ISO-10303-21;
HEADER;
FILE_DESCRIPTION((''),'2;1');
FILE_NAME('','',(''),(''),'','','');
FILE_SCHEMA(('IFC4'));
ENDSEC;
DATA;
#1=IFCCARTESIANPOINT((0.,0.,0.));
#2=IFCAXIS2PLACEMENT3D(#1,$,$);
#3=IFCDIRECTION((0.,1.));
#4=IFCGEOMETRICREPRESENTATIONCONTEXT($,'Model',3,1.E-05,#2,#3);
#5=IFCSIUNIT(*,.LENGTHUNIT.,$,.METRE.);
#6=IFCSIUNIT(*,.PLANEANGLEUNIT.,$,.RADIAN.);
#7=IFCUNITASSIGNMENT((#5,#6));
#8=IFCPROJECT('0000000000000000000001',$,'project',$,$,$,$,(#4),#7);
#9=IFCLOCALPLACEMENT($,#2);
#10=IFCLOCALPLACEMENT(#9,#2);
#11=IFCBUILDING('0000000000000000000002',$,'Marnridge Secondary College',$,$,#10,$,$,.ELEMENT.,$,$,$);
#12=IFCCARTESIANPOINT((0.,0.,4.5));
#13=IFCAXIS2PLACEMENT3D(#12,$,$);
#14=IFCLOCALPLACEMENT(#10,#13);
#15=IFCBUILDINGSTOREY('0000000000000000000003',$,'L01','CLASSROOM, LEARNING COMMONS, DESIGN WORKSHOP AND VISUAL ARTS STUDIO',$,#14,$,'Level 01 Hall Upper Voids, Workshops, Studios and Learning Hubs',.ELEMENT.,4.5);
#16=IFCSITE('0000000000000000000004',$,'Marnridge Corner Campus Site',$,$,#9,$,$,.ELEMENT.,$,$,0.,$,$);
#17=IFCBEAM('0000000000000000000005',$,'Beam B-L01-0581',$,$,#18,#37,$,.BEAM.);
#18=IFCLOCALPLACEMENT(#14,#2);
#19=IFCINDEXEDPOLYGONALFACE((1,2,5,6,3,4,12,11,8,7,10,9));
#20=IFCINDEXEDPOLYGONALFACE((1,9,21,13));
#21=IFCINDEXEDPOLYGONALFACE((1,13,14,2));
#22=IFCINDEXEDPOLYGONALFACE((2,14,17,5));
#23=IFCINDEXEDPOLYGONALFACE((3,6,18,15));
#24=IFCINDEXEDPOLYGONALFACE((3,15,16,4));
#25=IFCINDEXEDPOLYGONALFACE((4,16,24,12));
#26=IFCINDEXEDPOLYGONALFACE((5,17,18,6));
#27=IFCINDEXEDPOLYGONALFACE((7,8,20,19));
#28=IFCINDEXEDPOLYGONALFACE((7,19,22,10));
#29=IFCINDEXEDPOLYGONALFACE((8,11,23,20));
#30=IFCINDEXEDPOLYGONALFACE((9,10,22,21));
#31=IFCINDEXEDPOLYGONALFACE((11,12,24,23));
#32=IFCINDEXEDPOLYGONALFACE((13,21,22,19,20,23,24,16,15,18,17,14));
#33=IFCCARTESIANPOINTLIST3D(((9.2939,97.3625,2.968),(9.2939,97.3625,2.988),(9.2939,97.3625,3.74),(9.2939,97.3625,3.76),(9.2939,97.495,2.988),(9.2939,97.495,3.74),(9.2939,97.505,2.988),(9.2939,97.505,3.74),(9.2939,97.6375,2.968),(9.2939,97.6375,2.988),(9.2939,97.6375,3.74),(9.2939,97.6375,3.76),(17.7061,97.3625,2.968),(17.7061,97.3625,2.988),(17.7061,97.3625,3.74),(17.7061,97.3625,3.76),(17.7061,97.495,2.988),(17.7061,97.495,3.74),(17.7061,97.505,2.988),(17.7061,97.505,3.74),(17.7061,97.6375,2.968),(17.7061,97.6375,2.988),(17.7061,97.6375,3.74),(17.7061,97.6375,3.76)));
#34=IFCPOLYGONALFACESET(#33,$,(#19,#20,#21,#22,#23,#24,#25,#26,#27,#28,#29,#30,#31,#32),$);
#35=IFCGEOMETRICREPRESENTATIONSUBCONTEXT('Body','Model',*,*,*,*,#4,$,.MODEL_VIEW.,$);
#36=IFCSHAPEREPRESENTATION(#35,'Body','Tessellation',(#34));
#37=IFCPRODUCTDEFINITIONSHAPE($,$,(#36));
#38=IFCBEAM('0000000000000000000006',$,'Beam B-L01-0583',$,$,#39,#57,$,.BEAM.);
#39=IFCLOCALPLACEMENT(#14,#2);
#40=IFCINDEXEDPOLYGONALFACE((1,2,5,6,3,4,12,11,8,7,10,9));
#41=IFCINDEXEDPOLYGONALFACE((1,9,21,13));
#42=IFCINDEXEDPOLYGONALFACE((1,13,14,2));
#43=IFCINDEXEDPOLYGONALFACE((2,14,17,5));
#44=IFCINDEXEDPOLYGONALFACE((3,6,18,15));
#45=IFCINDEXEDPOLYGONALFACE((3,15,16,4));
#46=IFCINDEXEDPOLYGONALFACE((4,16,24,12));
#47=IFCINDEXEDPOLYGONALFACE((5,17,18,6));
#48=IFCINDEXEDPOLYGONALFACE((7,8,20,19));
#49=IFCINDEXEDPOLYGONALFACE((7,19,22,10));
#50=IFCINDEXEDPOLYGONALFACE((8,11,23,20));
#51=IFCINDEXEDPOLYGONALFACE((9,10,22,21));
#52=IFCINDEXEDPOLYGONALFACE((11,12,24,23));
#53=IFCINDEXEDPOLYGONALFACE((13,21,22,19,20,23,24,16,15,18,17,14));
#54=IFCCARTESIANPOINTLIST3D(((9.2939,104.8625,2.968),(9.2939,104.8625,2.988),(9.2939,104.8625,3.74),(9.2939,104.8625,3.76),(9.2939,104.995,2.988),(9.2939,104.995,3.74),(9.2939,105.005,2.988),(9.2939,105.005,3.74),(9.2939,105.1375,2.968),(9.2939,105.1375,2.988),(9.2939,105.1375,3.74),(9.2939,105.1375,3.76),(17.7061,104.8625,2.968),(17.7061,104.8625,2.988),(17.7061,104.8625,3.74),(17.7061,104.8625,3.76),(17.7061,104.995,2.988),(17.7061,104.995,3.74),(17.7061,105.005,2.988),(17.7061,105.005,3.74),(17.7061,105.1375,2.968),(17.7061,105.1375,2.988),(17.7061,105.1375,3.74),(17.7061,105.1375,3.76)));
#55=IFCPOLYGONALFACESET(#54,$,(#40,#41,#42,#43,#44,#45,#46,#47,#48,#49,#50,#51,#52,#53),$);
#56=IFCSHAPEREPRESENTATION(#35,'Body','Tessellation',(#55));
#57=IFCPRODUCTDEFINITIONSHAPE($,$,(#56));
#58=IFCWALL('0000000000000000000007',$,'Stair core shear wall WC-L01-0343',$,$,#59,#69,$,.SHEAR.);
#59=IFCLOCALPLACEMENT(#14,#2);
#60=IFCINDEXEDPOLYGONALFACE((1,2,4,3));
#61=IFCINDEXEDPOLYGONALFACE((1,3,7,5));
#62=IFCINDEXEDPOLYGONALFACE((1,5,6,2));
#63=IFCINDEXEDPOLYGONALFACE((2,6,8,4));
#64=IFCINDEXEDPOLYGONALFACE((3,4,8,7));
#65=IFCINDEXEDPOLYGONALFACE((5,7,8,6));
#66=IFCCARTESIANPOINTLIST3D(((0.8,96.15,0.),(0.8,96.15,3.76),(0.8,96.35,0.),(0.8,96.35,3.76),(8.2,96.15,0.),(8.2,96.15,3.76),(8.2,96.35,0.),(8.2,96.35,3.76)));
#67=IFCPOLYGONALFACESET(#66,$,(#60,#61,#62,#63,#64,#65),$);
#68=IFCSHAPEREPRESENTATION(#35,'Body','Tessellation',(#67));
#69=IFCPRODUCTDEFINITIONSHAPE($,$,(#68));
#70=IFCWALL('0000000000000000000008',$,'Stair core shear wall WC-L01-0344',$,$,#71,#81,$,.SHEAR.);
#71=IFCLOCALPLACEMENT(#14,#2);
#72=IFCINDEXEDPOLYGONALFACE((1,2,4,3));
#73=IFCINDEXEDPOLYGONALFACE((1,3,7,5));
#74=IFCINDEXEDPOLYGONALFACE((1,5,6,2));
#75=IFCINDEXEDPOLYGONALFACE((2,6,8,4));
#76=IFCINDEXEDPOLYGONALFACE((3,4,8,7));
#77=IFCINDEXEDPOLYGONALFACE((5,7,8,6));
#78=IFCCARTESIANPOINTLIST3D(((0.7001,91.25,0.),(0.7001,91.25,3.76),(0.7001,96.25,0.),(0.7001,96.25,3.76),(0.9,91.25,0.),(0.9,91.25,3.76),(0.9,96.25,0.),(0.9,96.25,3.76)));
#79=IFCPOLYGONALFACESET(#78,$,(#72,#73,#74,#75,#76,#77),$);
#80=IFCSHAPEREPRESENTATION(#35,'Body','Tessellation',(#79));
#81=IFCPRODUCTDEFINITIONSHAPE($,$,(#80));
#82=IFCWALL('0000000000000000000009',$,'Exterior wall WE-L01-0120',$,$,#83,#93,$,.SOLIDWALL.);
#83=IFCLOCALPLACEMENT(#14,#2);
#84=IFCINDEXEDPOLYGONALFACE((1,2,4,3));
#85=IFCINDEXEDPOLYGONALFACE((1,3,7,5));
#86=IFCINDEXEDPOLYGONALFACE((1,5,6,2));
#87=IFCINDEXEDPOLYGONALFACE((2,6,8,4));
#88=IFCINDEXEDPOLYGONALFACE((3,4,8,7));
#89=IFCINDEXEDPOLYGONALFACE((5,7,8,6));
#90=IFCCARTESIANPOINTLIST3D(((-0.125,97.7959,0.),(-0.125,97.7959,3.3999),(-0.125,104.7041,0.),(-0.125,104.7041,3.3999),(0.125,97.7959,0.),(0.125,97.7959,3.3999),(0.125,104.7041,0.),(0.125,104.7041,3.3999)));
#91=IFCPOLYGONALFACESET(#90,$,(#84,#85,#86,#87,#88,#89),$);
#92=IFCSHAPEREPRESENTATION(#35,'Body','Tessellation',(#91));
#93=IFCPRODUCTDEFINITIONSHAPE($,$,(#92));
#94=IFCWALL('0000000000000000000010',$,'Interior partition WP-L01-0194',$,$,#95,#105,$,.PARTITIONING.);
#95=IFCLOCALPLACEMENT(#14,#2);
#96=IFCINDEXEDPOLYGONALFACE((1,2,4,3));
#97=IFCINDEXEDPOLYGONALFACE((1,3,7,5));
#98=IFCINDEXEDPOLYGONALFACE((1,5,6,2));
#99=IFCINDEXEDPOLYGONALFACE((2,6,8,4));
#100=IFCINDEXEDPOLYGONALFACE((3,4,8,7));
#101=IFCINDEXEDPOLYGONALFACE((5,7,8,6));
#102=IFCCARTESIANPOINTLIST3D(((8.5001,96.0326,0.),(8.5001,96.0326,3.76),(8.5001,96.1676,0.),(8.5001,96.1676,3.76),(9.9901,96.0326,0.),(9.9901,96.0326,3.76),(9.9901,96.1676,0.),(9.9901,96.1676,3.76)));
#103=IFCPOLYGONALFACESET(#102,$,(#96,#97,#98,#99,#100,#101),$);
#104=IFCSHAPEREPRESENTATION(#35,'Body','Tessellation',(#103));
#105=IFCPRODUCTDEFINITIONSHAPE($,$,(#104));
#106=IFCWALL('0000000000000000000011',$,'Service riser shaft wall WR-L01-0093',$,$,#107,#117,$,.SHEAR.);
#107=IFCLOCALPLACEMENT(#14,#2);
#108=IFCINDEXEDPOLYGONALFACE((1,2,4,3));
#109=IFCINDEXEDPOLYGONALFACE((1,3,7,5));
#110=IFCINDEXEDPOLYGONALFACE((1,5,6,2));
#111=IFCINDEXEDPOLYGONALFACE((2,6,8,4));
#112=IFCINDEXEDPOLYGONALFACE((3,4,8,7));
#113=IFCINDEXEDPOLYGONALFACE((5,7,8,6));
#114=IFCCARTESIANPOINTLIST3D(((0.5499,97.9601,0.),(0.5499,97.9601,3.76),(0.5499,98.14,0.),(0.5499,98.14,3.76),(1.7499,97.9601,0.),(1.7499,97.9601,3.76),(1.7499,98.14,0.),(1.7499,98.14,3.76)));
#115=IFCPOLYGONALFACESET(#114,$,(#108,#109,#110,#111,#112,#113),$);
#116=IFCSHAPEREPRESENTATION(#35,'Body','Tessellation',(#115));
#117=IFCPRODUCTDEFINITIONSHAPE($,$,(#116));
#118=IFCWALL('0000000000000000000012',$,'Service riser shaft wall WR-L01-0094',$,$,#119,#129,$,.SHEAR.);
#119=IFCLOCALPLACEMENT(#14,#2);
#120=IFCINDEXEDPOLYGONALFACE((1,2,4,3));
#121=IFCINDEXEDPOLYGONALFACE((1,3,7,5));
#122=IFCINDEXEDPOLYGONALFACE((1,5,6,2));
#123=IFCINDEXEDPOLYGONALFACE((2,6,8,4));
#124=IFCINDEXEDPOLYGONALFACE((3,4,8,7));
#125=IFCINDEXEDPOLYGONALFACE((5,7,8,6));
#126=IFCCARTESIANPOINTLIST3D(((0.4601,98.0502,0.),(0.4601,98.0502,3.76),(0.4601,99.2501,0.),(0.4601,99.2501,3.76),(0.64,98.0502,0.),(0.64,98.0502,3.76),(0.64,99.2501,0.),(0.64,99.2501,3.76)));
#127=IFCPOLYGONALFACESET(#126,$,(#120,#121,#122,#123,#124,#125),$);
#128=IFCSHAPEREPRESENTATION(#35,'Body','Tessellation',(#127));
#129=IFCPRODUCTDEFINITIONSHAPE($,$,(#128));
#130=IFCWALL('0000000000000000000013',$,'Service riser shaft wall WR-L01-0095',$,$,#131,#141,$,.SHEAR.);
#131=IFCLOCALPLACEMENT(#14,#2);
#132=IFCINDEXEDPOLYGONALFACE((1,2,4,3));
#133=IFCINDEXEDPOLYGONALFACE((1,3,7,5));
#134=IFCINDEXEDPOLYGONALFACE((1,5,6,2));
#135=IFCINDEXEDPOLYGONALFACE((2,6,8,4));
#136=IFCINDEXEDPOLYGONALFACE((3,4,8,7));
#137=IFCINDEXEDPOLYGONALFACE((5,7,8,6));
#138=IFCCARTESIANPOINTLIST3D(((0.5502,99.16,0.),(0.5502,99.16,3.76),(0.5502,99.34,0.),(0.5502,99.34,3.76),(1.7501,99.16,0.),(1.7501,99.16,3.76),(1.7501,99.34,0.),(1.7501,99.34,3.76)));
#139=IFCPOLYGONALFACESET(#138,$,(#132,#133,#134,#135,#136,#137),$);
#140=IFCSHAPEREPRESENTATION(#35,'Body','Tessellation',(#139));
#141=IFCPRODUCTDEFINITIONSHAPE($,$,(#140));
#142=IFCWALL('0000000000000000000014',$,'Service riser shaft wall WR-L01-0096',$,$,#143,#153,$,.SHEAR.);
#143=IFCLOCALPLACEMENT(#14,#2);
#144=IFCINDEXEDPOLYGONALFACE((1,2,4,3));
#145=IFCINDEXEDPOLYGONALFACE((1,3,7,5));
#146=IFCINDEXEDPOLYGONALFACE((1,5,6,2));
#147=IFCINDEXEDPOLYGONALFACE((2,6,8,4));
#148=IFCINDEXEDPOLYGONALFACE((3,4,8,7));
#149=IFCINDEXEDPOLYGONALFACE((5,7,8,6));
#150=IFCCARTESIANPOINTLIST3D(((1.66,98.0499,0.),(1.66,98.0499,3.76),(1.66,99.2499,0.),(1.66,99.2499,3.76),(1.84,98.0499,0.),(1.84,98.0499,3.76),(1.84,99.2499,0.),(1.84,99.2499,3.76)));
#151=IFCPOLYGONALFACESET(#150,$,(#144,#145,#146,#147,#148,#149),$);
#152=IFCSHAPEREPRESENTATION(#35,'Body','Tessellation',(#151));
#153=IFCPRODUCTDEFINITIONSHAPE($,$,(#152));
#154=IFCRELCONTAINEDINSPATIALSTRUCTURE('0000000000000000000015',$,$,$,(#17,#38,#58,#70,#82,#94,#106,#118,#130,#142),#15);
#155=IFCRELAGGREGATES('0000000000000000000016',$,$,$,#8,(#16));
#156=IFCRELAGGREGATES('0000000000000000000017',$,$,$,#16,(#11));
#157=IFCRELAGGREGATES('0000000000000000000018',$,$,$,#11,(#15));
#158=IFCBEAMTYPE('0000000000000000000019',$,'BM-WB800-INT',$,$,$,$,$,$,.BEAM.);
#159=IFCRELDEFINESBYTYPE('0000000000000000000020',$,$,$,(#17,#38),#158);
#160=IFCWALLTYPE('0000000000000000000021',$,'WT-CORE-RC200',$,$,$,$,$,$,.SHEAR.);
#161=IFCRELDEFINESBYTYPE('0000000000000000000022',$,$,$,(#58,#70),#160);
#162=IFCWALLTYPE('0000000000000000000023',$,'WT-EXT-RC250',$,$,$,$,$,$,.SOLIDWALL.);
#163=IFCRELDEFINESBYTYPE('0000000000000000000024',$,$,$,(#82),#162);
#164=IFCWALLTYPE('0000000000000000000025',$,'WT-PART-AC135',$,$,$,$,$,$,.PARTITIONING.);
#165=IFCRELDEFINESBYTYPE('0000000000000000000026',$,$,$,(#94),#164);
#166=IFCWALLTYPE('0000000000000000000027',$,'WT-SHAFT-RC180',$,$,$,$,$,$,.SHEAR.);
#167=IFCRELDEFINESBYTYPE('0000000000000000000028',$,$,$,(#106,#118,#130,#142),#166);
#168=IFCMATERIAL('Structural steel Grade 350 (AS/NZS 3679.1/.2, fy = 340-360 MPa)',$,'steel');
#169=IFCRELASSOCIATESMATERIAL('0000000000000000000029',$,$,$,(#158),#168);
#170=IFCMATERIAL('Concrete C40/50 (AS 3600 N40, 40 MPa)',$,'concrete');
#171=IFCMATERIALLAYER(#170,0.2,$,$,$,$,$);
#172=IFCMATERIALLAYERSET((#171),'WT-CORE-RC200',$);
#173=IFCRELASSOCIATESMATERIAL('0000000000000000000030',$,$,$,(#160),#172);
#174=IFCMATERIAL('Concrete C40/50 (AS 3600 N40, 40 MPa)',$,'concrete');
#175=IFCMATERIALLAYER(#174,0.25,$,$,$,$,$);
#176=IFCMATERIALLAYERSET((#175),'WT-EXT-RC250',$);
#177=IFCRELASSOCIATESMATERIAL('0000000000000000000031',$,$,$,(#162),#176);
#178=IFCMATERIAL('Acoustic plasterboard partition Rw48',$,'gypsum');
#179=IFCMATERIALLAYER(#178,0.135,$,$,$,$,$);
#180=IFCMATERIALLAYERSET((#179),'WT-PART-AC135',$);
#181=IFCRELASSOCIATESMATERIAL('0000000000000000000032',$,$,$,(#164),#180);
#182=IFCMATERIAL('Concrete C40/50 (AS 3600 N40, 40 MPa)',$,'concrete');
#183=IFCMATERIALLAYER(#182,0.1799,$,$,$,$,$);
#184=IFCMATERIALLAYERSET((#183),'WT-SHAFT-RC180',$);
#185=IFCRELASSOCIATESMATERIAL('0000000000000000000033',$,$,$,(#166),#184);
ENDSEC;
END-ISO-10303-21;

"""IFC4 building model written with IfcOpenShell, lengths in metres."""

from ifc_helpers import new_model, si_unit, direction, frame, frame_2d, origin, origin_2d, place, context, subcontext, project, spatial, rectangle, i_section, extrude, material, layer, layer_set, material_profile, profile_set, type_object, element, save


model = new_model("IFC4")

# Units and contexts
model_context = context("Model", 3, precision=1e-05, world=origin(), true_north=direction((0.0, 1.0)))
body_context = subcontext(model_context, "Body", "Model", "MODEL_VIEW")
ifc_project = project(units=[si_unit("LENGTHUNIT", "METRE"), si_unit("PLANEANGLEUNIT", "RADIAN")], contexts=[model_context])

# Site, building, storey
site_placement = place(None, origin())
site = spatial("IfcSite", under=ifc_project, at=site_placement, Name="Marnridge Corner Campus Site", CompositionType="ELEMENT", RefElevation=0.0)
building_placement = place(site_placement, origin())
building = spatial("IfcBuilding", under=site, at=building_placement, Name="Marnridge Secondary College", CompositionType="ELEMENT")
storey_placement = place(building_placement, frame((0.0, 0.0, 4.5)))
storey = spatial("IfcBuildingStorey", under=building, at=storey_placement, Name="L01", Description="CLASSROOM, LEARNING COMMONS, DESIGN WORKSHOP AND VISUAL ARTS STUDIO", LongName="Level 01 Hall Upper Voids, Workshops, Studios and Learning Hubs", CompositionType="ELEMENT", Elevation=4.5)

# Beams
ifc_material_1 = material(Name="Structural steel Grade 350 (AS/NZS 3679.1/.2, fy = 340-360 MPa)", Category="steel")
ifc_material_profile_1 = material_profile(ifc_material_1, i_section(OverallWidth=0.2749, OverallDepth=0.792, WebThickness=0.01, FlangeThickness=0.02, at=origin_2d()), Name="800WB146")
ifc_profile_set_1 = profile_set([ifc_material_profile_1], Name="Structural steel Grade 350 (AS/NZS 3679.1/.2, fy = 340-360 MPa)")
beam_type_1 = type_object("IfcBeamType", Name="BM-WB800-INT", PredefinedType="BEAM", material=ifc_profile_set_1)
for number, where, z_axis, x_axis, name in (
    (1, (9.2939, 97.5, 3.364), (1.0, 0.0, 0.0), (0.0, 1.0, 0.0), "Beam B-L01-0581"),
    (2, (9.2939, 105.0, 3.364), (1.0, 0.0, 0.0), (0.0, 1.0, 0.0), "Beam B-L01-0583"),
):
    element("IfcBeam", number, at=place(storey_placement, frame(where, z_axis=z_axis, x_axis=x_axis)), inside=storey, type_object=beam_type_1, Name=name, PredefinedType="BEAM", context=body_context, shape_type="SweptSolid", body=[
        extrude(i_section(OverallWidth=0.2749, OverallDepth=0.792, WebThickness=0.01, FlangeThickness=0.02, at=origin_2d()), origin(), (0.0, 0.0, 1.0), 8.4121),
    ])

# Walls
ifc_material_2 = material(Name="Concrete C40/50 (AS 3600 N40, 40 MPa)", Category="concrete")
ifc_layer_1 = layer(ifc_material_2, 0.2)
ifc_layer_set_1 = layer_set([ifc_layer_1], Name="WT-CORE-RC200")
wall_type_1 = type_object("IfcWallType", Name="WT-CORE-RC200", PredefinedType="SHEAR", material=ifc_layer_set_1)
wall_1_placement = place(storey_placement, frame((8.2, 96.25, 0.0), z_axis=(0.0, 0.0, 1.0), x_axis=(-1.0, 0.0, 0.0)))
element("IfcWall", 3, at=wall_1_placement, inside=storey, type_object=wall_type_1, Name="Stair core shear wall WC-L01-0343", PredefinedType="SHEAR", context=body_context, shape_type="SweptSolid", body=[
    extrude(rectangle(XDim=7.3999, YDim=0.2, at=frame_2d((3.7, 0.0))), origin(), (0.0, 0.0, 1.0), 3.76),
])
wall_2_placement = place(storey_placement, frame((0.8, 96.25, 0.0), z_axis=(0.0, 0.0, 1.0), x_axis=(0.0, -1.0, 0.0)))
element("IfcWall", 4, at=wall_2_placement, inside=storey, type_object=wall_type_1, Name="Stair core shear wall WC-L01-0344", PredefinedType="SHEAR", context=body_context, shape_type="SweptSolid", body=[
    extrude(rectangle(XDim=5.0, YDim=0.2, at=frame_2d((2.5, 0.0))), origin(), (0.0, 0.0, 1.0), 3.76),
])
ifc_material_3 = material(Name="Concrete C40/50 (AS 3600 N40, 40 MPa)", Category="concrete")
ifc_layer_2 = layer(ifc_material_3, 0.25)
ifc_layer_set_2 = layer_set([ifc_layer_2], Name="WT-EXT-RC250")
wall_type_2 = type_object("IfcWallType", Name="WT-EXT-RC250", PredefinedType="SOLIDWALL", material=ifc_layer_set_2)
wall_3_placement = place(storey_placement, frame((0.0, 97.7959, 0.0), z_axis=(0.0, 0.0, 1.0), x_axis=(0.0, 1.0, 0.0)))
element("IfcWall", 5, at=wall_3_placement, inside=storey, type_object=wall_type_2, Name="Exterior wall WE-L01-0120", PredefinedType="SOLIDWALL", context=body_context, shape_type="SweptSolid", body=[
    extrude(rectangle(XDim=6.9082, YDim=0.25, at=frame_2d((3.4541, 0.0))), origin(), (0.0, 0.0, 1.0), 3.3999),
])
ifc_material_4 = material(Name="Acoustic plasterboard partition Rw48", Category="gypsum")
ifc_layer_3 = layer(ifc_material_4, 0.135)
ifc_layer_set_3 = layer_set([ifc_layer_3], Name="WT-PART-AC135")
wall_type_3 = type_object("IfcWallType", Name="WT-PART-AC135", PredefinedType="PARTITIONING", material=ifc_layer_set_3)
wall_4_placement = place(storey_placement, frame((8.5, 96.1001, 0.0), z_axis=(0.0, 0.0, 1.0), x_axis=(1.0, 0.0, 0.0)))
element("IfcWall", 6, at=wall_4_placement, inside=storey, type_object=wall_type_3, Name="Interior partition WP-L01-0194", PredefinedType="PARTITIONING", context=body_context, shape_type="SweptSolid", body=[
    extrude(rectangle(XDim=1.49, YDim=0.135, at=frame_2d((0.7451, 0.0))), origin(), (0.0, 0.0, 1.0), 3.76),
])
ifc_material_5 = material(Name="Concrete C40/50 (AS 3600 N40, 40 MPa)", Category="concrete")
ifc_layer_4 = layer(ifc_material_5, 0.1799)
ifc_layer_set_4 = layer_set([ifc_layer_4], Name="WT-SHAFT-RC180")
wall_type_4 = type_object("IfcWallType", Name="WT-SHAFT-RC180", PredefinedType="SHEAR", material=ifc_layer_set_4)
for number, where, z_axis, x_axis, name in (
    (7, (1.75, 98.05, 0.0), (0.0, 0.0, 1.0), (-1.0, 0.0, 0.0), "Service riser shaft wall WR-L01-0093"),
    (8, (0.55, 98.05, 0.0), (0.0, 0.0, 1.0), (0.0, 1.0, 0.0), "Service riser shaft wall WR-L01-0094"),
    (9, (0.55, 99.25, 0.0), (0.0, 0.0, 1.0), (1.0, 0.0, 0.0), "Service riser shaft wall WR-L01-0095"),
    (10, (1.75, 99.25, 0.0), (0.0, 0.0, 1.0), (0.0, -1.0, 0.0), "Service riser shaft wall WR-L01-0096"),
):
    element("IfcWall", number, at=place(storey_placement, frame(where, z_axis=z_axis, x_axis=x_axis)), inside=storey, type_object=wall_type_4, Name=name, PredefinedType="SHEAR", context=body_context, shape_type="SweptSolid", body=[
        extrude(rectangle(XDim=1.2, YDim=0.1799, at=frame_2d((0.6001, 0.0))), origin(), (0.0, 0.0, 1.0), 3.76),
    ])

save(model, "model.ifc")
